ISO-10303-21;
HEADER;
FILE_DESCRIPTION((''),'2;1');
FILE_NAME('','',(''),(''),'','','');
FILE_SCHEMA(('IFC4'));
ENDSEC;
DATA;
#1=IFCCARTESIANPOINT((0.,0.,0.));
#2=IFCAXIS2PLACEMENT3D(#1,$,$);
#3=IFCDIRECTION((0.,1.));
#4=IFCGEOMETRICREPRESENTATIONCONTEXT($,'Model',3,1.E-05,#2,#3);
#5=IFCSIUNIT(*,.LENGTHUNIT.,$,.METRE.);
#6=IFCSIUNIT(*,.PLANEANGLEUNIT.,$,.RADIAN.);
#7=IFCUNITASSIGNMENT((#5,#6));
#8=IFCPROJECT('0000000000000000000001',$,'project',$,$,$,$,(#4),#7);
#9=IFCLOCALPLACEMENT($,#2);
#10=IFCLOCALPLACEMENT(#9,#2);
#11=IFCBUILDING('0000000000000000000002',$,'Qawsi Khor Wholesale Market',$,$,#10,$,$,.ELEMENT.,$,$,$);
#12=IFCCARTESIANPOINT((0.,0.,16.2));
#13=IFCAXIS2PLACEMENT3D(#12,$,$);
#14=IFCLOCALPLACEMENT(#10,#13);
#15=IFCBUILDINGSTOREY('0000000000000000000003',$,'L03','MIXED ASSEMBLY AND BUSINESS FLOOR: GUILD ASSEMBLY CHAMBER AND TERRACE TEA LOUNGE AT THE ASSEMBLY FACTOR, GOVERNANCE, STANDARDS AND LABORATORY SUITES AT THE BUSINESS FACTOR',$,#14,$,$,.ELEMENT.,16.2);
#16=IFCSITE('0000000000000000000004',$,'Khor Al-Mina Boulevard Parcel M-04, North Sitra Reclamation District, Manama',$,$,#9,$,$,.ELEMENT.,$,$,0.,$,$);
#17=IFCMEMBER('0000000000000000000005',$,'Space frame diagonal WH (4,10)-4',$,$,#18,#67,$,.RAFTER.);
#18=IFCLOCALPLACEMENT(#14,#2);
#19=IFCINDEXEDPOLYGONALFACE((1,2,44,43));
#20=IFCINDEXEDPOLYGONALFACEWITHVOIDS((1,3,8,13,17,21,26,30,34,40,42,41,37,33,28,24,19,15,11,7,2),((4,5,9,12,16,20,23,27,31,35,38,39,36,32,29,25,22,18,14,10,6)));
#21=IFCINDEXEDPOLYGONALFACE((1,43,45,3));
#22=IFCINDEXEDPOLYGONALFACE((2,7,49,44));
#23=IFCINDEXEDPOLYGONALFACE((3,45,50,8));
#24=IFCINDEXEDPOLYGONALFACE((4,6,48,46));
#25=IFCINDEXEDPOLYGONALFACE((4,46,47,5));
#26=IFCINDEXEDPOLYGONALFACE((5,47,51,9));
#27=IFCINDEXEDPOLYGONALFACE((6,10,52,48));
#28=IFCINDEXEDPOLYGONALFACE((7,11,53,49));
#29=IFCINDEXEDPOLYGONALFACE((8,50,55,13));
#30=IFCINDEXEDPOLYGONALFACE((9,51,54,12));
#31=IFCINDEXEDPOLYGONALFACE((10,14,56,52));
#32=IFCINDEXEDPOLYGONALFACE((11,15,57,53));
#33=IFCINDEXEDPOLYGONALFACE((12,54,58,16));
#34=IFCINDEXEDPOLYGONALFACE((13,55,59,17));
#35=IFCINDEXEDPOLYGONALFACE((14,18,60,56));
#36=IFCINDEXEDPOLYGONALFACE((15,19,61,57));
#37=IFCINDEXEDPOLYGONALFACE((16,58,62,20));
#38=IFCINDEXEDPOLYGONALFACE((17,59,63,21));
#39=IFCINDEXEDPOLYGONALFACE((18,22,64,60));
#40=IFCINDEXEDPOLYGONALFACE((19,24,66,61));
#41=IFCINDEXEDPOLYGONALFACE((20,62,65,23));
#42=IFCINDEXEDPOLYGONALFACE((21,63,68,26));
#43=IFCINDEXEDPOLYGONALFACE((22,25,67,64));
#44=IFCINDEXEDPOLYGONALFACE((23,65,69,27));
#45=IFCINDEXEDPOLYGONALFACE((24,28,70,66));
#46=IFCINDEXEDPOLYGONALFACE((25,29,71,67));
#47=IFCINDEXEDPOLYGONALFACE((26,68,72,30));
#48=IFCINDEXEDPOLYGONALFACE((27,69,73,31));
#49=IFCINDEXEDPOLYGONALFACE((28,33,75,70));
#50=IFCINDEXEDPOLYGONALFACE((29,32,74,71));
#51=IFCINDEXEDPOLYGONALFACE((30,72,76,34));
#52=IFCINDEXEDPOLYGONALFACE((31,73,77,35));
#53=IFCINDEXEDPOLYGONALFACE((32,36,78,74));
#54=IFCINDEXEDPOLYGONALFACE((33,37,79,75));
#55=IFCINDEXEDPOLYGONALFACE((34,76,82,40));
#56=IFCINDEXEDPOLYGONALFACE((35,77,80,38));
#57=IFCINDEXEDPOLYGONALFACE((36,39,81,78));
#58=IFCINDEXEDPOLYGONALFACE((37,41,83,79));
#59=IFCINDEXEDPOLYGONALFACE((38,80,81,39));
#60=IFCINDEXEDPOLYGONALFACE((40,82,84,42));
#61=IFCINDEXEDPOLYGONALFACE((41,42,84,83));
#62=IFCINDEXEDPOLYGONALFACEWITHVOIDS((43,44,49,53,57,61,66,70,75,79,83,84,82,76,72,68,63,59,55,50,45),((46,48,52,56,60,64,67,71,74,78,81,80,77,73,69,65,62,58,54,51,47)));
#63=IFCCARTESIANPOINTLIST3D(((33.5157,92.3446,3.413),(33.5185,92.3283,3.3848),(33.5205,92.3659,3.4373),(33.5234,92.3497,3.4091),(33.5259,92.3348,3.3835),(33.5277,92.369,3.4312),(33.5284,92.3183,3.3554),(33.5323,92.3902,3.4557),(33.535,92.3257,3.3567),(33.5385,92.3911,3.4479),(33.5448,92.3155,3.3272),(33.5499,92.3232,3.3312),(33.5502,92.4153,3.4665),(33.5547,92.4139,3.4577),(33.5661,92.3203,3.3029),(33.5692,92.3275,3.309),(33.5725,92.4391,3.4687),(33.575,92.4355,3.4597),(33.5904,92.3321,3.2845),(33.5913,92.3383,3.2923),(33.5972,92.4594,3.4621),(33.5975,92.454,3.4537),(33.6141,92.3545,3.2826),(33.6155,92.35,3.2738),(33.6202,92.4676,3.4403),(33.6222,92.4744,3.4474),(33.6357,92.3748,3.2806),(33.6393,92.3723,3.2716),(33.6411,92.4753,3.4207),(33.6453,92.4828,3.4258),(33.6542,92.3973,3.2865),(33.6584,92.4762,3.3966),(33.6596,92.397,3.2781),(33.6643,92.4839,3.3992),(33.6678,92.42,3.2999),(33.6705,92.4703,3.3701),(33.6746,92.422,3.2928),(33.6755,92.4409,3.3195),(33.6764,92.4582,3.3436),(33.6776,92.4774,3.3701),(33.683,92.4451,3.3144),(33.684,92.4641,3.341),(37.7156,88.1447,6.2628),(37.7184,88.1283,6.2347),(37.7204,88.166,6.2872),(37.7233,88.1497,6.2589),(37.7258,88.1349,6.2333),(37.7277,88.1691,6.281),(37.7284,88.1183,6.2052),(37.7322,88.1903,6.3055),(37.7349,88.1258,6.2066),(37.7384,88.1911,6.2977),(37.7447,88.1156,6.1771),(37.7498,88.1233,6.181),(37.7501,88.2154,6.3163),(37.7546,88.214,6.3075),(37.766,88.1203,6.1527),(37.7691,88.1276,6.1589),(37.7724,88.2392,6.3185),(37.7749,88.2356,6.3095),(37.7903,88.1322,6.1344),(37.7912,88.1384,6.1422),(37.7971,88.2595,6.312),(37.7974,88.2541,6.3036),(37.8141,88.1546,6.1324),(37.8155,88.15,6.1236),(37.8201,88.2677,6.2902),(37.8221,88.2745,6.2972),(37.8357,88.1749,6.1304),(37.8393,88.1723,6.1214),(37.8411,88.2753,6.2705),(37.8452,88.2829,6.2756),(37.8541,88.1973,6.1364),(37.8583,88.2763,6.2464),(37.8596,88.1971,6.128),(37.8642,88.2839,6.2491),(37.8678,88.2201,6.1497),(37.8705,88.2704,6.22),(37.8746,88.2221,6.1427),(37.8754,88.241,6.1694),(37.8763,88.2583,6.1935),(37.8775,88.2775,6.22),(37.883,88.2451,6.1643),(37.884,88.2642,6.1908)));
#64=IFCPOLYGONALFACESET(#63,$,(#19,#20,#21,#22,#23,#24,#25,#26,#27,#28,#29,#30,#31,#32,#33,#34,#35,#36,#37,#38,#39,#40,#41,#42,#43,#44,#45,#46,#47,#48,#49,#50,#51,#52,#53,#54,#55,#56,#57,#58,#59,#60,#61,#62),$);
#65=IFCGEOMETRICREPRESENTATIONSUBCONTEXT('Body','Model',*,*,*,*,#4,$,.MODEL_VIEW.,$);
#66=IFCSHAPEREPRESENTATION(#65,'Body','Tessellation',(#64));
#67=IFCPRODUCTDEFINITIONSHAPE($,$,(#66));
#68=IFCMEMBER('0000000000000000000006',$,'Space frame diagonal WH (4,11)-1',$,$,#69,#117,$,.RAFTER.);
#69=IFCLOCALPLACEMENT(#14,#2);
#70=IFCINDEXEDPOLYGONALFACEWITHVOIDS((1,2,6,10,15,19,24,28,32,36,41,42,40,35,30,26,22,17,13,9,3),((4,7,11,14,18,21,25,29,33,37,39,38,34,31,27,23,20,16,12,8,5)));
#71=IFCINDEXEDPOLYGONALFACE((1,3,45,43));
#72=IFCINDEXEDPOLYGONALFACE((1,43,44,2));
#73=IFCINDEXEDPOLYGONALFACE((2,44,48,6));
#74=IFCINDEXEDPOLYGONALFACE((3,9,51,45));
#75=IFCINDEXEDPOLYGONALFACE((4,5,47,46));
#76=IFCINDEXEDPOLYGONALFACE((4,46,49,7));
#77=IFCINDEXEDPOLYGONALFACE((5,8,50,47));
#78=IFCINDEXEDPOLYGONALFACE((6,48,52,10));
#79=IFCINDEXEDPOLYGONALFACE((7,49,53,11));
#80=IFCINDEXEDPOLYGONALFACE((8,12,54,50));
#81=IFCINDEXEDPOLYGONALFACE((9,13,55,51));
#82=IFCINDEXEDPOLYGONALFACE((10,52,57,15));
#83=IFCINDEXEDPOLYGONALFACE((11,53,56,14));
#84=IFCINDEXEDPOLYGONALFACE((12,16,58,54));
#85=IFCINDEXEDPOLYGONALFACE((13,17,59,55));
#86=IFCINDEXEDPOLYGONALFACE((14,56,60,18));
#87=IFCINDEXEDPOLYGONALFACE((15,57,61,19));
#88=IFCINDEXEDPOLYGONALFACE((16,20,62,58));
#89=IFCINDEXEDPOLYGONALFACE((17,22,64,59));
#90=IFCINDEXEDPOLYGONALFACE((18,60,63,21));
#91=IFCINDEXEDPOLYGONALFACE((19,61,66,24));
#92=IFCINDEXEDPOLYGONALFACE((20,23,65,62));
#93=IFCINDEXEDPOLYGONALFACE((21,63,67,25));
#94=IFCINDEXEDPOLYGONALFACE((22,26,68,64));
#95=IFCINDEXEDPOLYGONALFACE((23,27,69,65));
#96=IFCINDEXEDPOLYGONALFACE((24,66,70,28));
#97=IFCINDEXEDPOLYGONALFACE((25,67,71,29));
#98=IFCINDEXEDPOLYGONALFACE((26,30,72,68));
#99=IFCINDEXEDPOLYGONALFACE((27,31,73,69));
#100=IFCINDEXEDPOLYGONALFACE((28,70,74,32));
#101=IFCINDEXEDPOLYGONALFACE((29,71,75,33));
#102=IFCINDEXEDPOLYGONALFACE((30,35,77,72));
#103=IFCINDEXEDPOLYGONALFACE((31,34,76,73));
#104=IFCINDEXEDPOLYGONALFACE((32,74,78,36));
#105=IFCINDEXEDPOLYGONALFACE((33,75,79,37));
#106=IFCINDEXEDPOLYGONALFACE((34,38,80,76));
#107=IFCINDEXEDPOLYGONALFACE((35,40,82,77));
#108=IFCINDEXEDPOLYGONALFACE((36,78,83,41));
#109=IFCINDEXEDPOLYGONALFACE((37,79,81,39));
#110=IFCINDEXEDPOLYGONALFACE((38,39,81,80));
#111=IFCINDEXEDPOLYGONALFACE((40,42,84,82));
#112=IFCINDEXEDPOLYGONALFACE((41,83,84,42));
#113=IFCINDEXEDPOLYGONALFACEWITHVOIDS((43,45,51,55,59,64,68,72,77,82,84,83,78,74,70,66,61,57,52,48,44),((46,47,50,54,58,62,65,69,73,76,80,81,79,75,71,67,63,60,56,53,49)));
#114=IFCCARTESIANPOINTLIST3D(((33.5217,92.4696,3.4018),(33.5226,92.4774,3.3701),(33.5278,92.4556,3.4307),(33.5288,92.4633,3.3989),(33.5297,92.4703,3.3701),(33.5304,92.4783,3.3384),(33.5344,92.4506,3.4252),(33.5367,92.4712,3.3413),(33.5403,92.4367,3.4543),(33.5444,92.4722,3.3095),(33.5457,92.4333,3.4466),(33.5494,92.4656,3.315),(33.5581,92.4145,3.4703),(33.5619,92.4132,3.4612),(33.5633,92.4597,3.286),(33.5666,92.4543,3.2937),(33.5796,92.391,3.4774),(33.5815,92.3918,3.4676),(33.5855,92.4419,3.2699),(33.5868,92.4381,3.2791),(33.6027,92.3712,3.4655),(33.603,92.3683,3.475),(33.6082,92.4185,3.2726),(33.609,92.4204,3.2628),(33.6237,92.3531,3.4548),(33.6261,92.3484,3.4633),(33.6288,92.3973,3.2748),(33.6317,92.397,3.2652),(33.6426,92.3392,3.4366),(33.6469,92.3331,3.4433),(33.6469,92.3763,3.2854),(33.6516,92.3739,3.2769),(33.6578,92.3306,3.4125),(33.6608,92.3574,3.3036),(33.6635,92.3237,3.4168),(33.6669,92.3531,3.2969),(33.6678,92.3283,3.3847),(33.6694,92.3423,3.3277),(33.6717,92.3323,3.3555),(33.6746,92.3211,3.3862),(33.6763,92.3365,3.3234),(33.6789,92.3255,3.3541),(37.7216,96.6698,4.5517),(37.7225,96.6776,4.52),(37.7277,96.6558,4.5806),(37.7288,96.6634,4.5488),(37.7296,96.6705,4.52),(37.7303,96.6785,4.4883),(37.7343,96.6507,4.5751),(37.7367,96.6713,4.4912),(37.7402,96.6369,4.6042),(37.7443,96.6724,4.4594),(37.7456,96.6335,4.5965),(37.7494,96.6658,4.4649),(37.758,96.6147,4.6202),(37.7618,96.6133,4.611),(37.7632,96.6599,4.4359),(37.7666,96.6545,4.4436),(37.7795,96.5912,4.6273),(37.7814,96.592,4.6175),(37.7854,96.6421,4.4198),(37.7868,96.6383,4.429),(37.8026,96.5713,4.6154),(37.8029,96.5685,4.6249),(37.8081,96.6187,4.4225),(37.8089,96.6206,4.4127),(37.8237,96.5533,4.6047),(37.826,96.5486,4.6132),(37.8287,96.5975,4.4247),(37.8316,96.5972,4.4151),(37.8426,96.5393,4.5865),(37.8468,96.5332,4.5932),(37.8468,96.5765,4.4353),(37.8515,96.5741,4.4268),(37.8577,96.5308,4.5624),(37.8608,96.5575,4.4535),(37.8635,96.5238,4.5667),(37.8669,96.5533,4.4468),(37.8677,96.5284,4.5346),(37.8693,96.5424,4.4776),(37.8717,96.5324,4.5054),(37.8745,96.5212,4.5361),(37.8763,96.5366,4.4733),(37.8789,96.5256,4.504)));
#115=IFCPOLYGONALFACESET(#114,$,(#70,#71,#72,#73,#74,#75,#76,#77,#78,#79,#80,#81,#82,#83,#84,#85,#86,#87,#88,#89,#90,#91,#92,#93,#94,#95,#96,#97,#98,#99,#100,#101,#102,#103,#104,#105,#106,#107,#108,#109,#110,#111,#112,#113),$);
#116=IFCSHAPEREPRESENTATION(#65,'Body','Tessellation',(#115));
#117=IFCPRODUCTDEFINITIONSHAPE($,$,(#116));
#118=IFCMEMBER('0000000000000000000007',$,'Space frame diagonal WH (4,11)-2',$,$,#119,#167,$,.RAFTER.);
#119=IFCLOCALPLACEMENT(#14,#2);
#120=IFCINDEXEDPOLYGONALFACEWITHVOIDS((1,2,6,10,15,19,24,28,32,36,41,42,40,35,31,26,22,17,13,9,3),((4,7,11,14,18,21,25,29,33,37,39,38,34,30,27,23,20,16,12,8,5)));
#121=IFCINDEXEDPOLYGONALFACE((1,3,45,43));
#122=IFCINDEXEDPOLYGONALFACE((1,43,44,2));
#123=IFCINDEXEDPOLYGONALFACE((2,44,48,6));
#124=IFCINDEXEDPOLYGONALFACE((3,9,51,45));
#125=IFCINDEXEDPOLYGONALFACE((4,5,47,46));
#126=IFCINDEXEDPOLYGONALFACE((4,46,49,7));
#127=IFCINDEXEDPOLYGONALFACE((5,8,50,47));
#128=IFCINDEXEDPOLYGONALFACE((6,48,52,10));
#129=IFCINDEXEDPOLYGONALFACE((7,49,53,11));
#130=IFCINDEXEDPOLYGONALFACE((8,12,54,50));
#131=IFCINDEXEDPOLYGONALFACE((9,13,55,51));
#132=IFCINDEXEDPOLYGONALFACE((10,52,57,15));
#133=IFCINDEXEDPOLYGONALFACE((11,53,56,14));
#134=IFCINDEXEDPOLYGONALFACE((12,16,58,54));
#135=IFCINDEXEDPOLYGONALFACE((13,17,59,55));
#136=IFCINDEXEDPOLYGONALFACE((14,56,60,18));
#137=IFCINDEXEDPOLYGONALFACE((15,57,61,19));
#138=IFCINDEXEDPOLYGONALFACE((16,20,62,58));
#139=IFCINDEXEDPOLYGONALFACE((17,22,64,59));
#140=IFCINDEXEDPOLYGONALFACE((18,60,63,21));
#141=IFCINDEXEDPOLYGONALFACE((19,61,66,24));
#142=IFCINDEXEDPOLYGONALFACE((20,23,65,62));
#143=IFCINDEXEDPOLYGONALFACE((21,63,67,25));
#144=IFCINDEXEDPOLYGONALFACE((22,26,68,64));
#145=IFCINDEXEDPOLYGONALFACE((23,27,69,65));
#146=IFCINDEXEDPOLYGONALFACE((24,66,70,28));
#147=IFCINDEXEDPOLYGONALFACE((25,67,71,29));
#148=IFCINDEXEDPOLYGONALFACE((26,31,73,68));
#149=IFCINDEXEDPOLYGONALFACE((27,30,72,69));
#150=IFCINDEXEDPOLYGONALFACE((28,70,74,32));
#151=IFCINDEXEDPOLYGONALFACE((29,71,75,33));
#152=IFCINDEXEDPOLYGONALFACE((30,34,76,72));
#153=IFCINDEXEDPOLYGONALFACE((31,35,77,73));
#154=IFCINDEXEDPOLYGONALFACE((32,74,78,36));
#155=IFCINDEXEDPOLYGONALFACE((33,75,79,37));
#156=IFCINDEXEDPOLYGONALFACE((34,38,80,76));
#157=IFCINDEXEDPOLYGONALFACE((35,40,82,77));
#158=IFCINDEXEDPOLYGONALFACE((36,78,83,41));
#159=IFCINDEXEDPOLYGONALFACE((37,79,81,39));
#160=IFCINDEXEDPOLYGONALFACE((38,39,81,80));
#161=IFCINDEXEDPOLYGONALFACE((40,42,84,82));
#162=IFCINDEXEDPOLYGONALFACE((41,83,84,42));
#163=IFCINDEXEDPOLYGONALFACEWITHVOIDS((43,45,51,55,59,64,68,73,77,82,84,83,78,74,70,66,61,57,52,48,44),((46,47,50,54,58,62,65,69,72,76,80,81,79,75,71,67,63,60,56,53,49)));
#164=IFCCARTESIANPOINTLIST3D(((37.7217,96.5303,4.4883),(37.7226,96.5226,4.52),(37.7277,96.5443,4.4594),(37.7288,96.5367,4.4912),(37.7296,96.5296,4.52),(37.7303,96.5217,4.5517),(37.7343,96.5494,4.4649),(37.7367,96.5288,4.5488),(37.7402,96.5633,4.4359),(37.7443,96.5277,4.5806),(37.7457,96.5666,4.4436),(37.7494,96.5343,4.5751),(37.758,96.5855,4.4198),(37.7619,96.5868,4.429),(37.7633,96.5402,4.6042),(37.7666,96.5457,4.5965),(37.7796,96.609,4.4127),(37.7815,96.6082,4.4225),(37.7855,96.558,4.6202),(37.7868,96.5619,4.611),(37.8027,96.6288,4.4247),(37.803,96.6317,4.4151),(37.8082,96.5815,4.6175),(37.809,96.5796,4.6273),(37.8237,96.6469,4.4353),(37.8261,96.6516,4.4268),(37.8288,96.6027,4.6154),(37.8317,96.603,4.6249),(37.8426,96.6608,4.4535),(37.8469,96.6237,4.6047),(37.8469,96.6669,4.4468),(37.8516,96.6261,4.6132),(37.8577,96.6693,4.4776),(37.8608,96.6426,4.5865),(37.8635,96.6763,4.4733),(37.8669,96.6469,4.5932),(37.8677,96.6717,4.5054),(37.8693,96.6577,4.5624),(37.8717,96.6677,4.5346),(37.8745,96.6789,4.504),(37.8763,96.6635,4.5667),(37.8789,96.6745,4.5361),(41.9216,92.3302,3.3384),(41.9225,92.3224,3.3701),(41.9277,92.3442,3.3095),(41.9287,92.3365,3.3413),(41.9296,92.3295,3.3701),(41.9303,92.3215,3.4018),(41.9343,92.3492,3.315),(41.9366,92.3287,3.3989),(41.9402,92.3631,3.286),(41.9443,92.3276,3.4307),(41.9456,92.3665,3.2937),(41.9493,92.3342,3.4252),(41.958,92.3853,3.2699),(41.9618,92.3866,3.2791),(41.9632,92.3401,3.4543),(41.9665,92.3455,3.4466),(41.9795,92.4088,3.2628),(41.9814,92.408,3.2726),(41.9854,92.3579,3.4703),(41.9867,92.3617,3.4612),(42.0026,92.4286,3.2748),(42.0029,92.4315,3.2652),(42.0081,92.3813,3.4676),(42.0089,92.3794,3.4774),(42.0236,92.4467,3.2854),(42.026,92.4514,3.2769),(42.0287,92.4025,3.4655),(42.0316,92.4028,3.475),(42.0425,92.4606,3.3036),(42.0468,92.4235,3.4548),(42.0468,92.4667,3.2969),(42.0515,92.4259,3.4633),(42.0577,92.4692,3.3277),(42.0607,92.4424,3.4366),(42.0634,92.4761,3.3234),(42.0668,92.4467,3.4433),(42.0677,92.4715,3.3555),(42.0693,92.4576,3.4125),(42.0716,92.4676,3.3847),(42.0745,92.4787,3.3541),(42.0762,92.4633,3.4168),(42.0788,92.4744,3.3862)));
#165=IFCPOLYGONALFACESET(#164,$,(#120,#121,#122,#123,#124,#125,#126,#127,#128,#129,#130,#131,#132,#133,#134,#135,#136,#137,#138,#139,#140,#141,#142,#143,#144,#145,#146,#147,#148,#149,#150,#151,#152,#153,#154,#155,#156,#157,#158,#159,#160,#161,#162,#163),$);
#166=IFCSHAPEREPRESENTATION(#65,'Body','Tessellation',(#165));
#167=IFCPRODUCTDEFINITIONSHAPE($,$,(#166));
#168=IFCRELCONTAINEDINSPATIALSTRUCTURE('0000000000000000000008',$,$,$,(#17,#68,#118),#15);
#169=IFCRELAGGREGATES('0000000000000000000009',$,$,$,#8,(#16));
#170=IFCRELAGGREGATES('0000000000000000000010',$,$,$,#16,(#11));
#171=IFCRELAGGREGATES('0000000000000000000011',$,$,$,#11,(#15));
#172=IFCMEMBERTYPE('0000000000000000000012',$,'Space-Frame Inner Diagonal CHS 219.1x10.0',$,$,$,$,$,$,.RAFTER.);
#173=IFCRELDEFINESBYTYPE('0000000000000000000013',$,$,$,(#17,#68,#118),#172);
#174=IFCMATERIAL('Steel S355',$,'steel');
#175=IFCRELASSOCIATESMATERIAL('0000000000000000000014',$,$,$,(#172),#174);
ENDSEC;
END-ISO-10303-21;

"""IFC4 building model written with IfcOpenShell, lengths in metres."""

from ifc_helpers import new_model, si_unit, direction, frame, origin, origin_2d, place, context, subcontext, project, spatial, hollow_circle, extrude, material, material_profile, profile_set, type_object, element, save


model = new_model("IFC4")

# Units and contexts
model_context = context("Model", 3, precision=1e-05, world=origin(), true_north=direction((0.0, 1.0)))
body_context = subcontext(model_context, "Body", "Model", "MODEL_VIEW")
ifc_project = project(units=[si_unit("LENGTHUNIT", "METRE"), si_unit("PLANEANGLEUNIT", "RADIAN")], contexts=[model_context])

# Site, building, storey
site_placement = place(None, origin())
site = spatial("IfcSite", under=ifc_project, at=site_placement, Name="Khor Al-Mina Boulevard Parcel M-04, North Sitra Reclamation District, Manama", CompositionType="ELEMENT", RefElevation=0.0)
building_placement = place(site_placement, origin())
building = spatial("IfcBuilding", under=site, at=building_placement, Name="Qawsi Khor Wholesale Market", CompositionType="ELEMENT")
storey_placement = place(building_placement, frame((0.0, 0.0, 16.2)))
storey = spatial("IfcBuildingStorey", under=building, at=storey_placement, Name="L03", Description="MIXED ASSEMBLY AND BUSINESS FLOOR: GUILD ASSEMBLY CHAMBER AND TERRACE TEA LOUNGE AT THE ASSEMBLY FACTOR, GOVERNANCE, STANDARDS AND LABORATORY SUITES AT THE BUSINESS FACTOR", CompositionType="ELEMENT", Elevation=16.2)

# Members
ifc_material_1 = material(Name="Steel S355", Category="steel")
ifc_material_profile_1 = material_profile(ifc_material_1, hollow_circle(Radius=0.1096, WallThickness=0.01, at=origin_2d()), Name="CHS 219.1x10.0")
ifc_profile_set_1 = profile_set([ifc_material_profile_1], Name="Steel S355")
member_type_1 = type_object("IfcMemberType", Name="Space-Frame Inner Diagonal CHS 219.1x10.0", PredefinedType="RAFTER", material=ifc_profile_set_1)
for number, where, z_axis, x_axis, name in (
    (1, (33.6001, 92.3999, 3.3701), (0.637522, -0.637522, 0.432587), (0.707107, 0.707107, 0.0), "Space frame diagonal WH (4,10)-4"),
):
    element("IfcMember", number, at=place(storey_placement, frame(where, z_axis=z_axis, x_axis=x_axis)), inside=storey, type_object=member_type_1, Name=name, PredefinedType="RAFTER", context=body_context, shape_type="SweptSolid", body=[
        extrude(hollow_circle(Radius=0.1096, WallThickness=0.01, at=origin_2d()), origin(), (0.0, 0.0, 1.0), 6.5879),
    ])
for number, where, z_axis, x_axis, name in (
    (2, (33.6001, 92.3999, 3.3701), (0.694197, 0.694238, 0.190064), (-0.707127, 0.707086, 0.0), "Space frame diagonal WH (4,11)-1"),
    (3, (42.0, 92.3999, 3.3701), (-0.694197, 0.694238, 0.190064), (-0.707127, -0.707086, 0.0), "Space frame diagonal WH (4,11)-2"),
):
    element("IfcMember", number, at=place(storey_placement, frame(where, z_axis=z_axis, x_axis=x_axis)), inside=storey, type_object=member_type_1, Name=name, PredefinedType="RAFTER", context=body_context, shape_type="SweptSolid", body=[
        extrude(hollow_circle(Radius=0.1096, WallThickness=0.01, at=origin_2d()), origin(), (0.0, 0.0, 1.0), 6.05),
    ])

save(model, "model.ifc")
